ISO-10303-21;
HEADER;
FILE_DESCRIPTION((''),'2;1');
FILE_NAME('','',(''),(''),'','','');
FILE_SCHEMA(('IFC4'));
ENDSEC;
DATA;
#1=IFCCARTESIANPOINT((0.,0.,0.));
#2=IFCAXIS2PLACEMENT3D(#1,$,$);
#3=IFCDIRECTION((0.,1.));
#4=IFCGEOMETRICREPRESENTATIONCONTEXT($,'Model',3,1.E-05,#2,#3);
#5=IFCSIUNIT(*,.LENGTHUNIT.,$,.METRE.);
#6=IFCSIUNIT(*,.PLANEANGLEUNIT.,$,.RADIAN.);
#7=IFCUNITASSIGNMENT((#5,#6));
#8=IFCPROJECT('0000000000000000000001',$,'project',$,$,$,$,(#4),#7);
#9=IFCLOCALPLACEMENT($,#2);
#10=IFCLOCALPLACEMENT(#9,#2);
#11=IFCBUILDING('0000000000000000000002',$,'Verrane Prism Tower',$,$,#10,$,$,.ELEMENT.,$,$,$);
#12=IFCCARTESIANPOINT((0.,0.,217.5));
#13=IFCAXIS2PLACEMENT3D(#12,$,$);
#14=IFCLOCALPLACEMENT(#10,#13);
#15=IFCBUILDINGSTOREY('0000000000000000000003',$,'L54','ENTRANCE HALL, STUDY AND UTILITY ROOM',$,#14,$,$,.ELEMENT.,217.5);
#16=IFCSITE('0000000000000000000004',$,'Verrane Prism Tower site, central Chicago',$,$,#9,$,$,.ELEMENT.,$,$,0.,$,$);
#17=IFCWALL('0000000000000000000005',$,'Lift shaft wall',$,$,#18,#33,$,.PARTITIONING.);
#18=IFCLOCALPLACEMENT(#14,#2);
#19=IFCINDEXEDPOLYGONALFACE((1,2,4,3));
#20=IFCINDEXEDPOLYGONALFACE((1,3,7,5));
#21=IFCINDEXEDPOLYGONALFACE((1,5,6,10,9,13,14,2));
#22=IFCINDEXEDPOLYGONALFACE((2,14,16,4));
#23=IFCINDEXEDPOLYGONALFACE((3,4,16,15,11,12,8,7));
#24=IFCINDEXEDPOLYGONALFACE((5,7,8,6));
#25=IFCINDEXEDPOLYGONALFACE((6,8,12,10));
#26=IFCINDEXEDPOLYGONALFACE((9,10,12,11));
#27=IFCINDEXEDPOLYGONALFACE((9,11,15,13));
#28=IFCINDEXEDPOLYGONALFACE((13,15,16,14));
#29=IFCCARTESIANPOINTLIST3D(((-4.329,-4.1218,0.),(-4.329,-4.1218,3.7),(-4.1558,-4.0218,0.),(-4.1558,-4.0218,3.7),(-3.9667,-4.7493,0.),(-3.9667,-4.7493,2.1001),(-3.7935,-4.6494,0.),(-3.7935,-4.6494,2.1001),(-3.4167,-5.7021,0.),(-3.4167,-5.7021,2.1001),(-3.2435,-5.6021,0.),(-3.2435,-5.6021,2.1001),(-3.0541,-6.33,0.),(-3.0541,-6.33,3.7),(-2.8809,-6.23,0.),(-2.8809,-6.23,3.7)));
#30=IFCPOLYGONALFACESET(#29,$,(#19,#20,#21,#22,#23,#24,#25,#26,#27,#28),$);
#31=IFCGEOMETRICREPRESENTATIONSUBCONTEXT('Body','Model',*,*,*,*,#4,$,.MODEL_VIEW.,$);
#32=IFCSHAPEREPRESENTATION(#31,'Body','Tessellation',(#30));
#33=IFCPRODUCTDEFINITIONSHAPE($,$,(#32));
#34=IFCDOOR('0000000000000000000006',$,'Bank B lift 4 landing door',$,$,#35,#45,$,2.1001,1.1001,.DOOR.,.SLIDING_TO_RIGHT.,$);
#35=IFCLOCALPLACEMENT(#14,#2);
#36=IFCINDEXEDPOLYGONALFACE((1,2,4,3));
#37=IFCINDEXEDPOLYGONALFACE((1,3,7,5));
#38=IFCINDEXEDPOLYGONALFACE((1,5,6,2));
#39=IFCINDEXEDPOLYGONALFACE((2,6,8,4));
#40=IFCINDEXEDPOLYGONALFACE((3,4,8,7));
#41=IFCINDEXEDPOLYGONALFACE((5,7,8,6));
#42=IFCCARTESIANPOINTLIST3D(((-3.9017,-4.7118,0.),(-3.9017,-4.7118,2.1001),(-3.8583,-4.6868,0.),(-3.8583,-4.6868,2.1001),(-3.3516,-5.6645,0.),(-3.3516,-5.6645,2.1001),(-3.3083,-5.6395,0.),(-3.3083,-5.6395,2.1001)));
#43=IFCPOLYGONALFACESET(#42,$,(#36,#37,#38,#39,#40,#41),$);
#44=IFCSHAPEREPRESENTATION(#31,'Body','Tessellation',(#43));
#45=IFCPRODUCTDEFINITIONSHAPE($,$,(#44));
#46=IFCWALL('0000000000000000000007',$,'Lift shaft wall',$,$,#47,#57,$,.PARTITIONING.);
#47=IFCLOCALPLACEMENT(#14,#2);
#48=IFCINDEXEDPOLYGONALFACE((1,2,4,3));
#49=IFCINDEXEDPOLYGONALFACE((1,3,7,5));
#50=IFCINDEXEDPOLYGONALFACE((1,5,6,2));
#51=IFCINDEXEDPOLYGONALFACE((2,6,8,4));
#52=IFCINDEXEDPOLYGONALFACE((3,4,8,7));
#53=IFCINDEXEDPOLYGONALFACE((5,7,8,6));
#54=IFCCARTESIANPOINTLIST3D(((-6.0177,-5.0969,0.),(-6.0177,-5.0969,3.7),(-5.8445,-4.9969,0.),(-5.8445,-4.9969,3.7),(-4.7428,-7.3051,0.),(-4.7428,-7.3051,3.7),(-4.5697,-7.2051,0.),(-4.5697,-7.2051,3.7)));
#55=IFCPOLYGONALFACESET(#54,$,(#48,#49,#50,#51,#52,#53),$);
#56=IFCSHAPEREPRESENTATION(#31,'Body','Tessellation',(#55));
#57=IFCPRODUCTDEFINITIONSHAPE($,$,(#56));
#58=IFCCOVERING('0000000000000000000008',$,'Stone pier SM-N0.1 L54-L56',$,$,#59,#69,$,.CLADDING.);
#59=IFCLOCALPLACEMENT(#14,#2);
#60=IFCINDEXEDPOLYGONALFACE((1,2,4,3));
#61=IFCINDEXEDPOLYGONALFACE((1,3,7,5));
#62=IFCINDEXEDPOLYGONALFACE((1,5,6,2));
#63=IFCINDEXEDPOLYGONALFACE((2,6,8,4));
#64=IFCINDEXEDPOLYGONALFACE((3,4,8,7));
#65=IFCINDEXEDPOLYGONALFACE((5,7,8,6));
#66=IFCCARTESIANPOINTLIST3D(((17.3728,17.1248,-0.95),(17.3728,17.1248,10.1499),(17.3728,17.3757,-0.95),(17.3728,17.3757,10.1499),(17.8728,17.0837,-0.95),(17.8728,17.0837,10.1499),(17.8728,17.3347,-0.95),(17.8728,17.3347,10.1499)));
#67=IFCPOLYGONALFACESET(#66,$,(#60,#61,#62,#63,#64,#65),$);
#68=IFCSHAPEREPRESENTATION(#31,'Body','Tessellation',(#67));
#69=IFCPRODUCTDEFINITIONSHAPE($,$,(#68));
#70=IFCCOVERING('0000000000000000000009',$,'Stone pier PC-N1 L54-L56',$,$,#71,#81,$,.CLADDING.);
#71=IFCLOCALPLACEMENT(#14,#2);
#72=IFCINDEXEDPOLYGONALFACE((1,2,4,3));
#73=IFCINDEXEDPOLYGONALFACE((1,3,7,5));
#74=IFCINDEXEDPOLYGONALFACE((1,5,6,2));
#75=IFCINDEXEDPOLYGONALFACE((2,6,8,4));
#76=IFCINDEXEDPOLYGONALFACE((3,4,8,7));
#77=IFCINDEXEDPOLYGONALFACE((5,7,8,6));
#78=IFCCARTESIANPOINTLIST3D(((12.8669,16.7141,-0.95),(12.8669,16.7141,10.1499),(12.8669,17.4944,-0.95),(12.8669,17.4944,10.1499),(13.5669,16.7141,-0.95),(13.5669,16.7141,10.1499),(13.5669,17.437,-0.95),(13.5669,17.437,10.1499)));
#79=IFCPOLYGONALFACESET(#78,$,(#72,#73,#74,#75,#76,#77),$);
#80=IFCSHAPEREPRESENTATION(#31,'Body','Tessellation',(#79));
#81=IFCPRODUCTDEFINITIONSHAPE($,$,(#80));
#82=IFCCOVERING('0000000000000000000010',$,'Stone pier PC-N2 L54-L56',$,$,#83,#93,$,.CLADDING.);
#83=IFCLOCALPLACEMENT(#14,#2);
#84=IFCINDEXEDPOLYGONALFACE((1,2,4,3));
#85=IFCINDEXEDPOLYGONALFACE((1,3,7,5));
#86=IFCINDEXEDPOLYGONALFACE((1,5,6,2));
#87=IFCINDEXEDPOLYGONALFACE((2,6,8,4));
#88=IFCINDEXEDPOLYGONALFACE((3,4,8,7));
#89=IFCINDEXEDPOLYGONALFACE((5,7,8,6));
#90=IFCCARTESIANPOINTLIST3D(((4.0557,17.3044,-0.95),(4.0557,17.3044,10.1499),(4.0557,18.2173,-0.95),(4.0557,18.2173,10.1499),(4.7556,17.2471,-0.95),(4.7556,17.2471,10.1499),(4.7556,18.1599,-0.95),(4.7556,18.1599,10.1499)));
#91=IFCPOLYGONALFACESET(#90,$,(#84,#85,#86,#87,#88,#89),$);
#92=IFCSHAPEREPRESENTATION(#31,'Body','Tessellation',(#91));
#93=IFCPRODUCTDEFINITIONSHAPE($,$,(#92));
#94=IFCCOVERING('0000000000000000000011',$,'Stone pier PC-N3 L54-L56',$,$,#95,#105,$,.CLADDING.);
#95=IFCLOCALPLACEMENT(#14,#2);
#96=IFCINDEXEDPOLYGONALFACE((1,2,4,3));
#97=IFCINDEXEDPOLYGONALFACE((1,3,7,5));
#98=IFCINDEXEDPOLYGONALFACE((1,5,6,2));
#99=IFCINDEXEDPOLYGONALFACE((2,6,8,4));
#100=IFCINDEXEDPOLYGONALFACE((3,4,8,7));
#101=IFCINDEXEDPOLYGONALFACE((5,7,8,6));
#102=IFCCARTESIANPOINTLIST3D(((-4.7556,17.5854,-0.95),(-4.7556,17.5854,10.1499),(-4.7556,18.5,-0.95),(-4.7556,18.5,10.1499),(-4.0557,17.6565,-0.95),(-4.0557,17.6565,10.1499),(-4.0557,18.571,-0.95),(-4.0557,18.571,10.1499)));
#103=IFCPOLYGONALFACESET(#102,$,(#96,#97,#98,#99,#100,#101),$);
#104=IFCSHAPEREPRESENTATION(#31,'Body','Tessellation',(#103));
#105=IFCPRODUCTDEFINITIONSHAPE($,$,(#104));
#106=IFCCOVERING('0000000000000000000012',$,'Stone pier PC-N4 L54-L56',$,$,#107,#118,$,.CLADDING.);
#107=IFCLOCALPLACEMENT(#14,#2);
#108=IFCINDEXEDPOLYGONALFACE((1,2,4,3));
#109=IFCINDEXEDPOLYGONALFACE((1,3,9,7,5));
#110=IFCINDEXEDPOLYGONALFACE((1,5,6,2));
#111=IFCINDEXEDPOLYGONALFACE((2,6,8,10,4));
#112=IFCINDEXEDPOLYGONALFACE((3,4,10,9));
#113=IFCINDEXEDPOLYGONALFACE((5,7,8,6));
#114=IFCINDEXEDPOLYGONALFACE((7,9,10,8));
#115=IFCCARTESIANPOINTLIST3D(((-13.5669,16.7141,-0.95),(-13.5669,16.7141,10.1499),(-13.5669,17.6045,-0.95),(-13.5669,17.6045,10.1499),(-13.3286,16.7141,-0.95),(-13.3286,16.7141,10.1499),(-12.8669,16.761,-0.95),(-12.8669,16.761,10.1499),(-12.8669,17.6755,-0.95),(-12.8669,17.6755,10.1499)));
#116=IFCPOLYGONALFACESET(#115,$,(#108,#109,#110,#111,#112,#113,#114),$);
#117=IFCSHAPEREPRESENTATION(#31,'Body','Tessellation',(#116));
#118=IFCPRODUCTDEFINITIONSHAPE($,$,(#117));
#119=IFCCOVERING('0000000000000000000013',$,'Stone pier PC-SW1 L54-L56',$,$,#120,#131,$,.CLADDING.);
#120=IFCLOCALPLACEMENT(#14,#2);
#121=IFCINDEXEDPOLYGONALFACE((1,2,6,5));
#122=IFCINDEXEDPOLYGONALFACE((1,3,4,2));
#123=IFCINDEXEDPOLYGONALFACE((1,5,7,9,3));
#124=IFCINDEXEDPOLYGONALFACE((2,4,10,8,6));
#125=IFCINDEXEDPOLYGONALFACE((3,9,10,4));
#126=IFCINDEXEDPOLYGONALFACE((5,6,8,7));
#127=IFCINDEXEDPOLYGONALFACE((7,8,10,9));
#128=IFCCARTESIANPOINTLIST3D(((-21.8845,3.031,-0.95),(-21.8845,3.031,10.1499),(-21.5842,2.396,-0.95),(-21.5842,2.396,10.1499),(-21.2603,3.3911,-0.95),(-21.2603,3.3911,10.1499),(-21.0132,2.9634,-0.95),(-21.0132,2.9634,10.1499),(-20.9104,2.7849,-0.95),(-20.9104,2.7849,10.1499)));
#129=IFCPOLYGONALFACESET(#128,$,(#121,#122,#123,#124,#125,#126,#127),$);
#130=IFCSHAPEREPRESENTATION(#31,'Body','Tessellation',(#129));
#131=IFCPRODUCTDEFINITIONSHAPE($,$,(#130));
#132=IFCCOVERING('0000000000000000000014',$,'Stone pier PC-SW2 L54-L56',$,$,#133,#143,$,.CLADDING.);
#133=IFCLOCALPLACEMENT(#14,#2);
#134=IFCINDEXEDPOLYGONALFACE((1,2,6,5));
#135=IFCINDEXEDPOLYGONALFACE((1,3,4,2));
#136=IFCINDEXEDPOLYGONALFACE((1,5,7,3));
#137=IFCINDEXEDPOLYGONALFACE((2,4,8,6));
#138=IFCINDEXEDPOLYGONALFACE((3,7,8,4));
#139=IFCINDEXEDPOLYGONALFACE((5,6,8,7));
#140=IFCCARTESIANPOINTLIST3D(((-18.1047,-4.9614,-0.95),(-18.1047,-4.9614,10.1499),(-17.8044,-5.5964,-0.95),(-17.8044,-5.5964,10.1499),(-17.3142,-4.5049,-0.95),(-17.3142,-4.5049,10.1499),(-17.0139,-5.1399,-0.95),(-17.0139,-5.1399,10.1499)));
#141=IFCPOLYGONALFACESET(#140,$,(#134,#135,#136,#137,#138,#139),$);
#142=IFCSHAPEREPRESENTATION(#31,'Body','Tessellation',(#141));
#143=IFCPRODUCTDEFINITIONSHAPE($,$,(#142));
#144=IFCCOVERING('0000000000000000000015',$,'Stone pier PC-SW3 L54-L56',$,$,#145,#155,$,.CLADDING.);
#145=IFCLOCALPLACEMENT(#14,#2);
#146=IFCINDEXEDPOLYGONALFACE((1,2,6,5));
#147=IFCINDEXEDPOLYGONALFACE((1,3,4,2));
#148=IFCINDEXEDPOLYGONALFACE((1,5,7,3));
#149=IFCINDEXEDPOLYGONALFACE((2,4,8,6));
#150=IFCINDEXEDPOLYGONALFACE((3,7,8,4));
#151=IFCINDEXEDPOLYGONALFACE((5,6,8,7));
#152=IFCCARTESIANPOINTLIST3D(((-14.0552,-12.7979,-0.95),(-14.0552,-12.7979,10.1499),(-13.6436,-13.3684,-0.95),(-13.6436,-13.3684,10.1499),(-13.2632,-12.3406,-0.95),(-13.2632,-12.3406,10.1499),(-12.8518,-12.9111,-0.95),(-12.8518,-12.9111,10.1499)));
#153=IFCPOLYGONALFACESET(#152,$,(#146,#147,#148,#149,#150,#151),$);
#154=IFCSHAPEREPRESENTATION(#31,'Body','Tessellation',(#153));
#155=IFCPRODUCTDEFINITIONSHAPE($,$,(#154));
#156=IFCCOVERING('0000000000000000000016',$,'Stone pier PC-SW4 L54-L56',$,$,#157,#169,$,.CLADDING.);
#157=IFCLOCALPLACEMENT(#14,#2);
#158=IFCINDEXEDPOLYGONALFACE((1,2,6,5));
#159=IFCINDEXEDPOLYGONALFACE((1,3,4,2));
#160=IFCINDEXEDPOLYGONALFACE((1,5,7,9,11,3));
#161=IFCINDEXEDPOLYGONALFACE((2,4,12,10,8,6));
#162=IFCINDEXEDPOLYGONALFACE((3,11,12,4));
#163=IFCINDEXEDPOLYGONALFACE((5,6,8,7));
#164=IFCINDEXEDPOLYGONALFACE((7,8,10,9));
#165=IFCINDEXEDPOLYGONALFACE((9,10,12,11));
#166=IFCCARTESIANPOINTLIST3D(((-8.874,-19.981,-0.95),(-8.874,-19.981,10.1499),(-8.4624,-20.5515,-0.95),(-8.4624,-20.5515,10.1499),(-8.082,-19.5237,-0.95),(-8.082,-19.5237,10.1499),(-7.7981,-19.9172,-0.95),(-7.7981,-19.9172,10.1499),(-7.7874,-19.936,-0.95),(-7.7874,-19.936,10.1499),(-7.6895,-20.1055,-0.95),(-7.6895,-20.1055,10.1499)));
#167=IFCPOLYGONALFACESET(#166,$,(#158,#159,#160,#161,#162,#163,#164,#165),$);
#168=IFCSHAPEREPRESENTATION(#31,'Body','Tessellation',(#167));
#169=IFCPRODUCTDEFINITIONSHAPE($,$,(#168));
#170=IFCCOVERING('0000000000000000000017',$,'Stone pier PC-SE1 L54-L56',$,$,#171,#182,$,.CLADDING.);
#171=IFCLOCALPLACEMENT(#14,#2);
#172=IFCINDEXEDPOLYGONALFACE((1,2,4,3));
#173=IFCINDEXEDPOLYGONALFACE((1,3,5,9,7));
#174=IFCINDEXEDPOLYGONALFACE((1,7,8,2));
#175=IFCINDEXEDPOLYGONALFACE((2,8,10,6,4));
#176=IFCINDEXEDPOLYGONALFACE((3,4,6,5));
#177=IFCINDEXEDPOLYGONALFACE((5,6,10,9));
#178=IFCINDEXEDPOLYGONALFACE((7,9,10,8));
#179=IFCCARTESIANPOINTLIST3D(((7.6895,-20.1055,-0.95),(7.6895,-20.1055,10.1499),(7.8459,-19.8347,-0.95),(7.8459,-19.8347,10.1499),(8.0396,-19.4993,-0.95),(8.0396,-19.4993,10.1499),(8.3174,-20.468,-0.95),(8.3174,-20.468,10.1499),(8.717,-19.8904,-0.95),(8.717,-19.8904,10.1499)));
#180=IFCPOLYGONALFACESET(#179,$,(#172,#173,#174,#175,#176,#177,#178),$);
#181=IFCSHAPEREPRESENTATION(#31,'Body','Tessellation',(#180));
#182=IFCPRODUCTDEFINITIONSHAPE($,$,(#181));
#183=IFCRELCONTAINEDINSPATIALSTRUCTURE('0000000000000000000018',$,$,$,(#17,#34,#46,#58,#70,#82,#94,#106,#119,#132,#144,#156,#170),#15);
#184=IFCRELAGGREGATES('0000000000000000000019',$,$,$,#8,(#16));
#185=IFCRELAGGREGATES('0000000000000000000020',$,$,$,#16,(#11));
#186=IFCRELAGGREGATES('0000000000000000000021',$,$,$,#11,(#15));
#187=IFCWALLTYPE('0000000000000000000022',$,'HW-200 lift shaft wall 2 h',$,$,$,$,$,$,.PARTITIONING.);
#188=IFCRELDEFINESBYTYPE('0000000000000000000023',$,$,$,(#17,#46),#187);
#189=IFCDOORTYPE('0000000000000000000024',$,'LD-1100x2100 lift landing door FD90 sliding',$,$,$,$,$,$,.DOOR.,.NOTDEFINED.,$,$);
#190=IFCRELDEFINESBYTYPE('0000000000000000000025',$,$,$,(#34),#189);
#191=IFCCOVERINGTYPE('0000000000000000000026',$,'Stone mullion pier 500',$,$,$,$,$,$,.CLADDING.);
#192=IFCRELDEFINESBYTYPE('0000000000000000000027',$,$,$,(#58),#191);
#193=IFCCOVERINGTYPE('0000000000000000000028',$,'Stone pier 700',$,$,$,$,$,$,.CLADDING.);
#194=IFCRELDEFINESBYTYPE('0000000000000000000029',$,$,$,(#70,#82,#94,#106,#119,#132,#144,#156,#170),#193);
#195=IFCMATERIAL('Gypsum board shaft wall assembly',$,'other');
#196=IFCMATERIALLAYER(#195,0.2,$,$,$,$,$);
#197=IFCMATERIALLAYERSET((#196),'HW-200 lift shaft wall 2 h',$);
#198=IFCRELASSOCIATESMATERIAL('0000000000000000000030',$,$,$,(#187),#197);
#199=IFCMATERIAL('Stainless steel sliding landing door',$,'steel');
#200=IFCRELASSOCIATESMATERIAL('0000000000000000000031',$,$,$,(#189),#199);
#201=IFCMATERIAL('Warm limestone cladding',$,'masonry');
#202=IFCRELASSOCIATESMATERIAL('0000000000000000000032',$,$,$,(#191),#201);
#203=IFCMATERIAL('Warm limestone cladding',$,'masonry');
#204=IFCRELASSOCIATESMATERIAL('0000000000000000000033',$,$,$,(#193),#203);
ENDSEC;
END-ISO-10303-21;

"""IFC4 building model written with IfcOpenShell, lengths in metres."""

from ifc_helpers import new_model, si_unit, direction, frame, frame_2d, origin, place, context, subcontext, project, spatial, polyline, rectangle, outline, extrude, material, layer, layer_set, type_object, element, fill, save


model = new_model("IFC4")

# Units and contexts
model_context = context("Model", 3, precision=1e-05, world=origin(), true_north=direction((0.0, 1.0)))
body_context = subcontext(model_context, "Body", "Model", "MODEL_VIEW")
ifc_project = project(units=[si_unit("LENGTHUNIT", "METRE"), si_unit("PLANEANGLEUNIT", "RADIAN")], contexts=[model_context])

# Site, building, storey
site_placement = place(None, origin())
site = spatial("IfcSite", under=ifc_project, at=site_placement, Name="Verrane Prism Tower site, central Chicago", CompositionType="ELEMENT", RefElevation=0.0)
building_placement = place(site_placement, origin())
building = spatial("IfcBuilding", under=site, at=building_placement, Name="Verrane Prism Tower", CompositionType="ELEMENT")
storey_placement = place(building_placement, frame((0.0, 0.0, 217.5)))
storey = spatial("IfcBuildingStorey", under=building, at=storey_placement, Name="L54", Description="ENTRANCE HALL, STUDY AND UTILITY ROOM", CompositionType="ELEMENT", Elevation=217.5)

# Shared definitions
ifc_material_1 = material(Name="Gypsum board shaft wall assembly", Category="other")
ifc_layer_1 = layer(ifc_material_1, 0.2)
ifc_layer_set_1 = layer_set([ifc_layer_1], Name="HW-200 lift shaft wall 2 h")
wall_type_1 = type_object("IfcWallType", Name="HW-200 lift shaft wall 2 h", PredefinedType="PARTITIONING", material=ifc_layer_set_1)
ifc_material_2 = material(Name="Stainless steel sliding landing door", Category="steel")
door_type = type_object("IfcDoorType", Name="LD-1100x2100 lift landing door FD90 sliding", OperationType="NOTDEFINED", PredefinedType="DOOR", material=ifc_material_2)

# Wall, opening, door
wall_1_placement = place(storey_placement, frame((-2.9675, -6.28, 0.0), z_axis=(0.0, 0.0, 1.0), x_axis=(-0.49999, 0.866031, 0.0)))
wall_1 = element("IfcWall", 1, at=wall_1_placement, inside=storey, type_object=wall_type_1, Name="Lift shaft wall", PredefinedType="PARTITIONING", context=body_context, shape_type="SweptSolid", body=[
    extrude(rectangle(XDim=2.5498, YDim=0.2, at=frame_2d((1.2749, 0.0))), origin(), (0.0, 0.0, 1.0), 3.7),
])
opening_1_placement = place(wall_1_placement, frame((0.7251, 0.0, 0.0)))
opening_1 = element("IfcOpeningElement", 2, at=opening_1_placement, cuts=wall_1, PredefinedType="OPENING", context=body_context, shape_type="SweptSolid", body=[
    extrude(rectangle(XDim=1.1001, YDim=2.1001, at=frame_2d((0.55, 1.05))), frame((0.0, 0.1099, 0.0), z_axis=(0.0, -1.0, 0.0), x_axis=(1.0, 0.0, 0.0)), (0.0, 0.0, 1.0), 0.22),
])
door_1_placement = place(opening_1_placement, origin())
door_1 = element("IfcDoor", 3, at=door_1_placement, inside=storey, type_object=door_type, Name="Bank B lift 4 landing door", OperationType="SLIDING_TO_RIGHT", OverallHeight=2.1001, OverallWidth=1.1001, PredefinedType="DOOR", context=body_context, shape_type="SweptSolid", body=[
    extrude(rectangle(XDim=1.1001, YDim=2.1001, at=frame_2d((0.55, 1.05))), frame((0.0, 0.0249, 0.0), z_axis=(0.0, -1.0, 0.0), x_axis=(1.0, 0.0, 0.0)), (0.0, 0.0, 1.0), 0.05),
])
fill(opening_1, door_1)

# Wall
wall_2_placement = place(storey_placement, frame((-4.6562, -7.2551, 0.0), z_axis=(0.0, 0.0, 1.0), x_axis=(-0.49999, 0.866031, 0.0)))
element("IfcWall", 4, at=wall_2_placement, inside=storey, type_object=wall_type_1, Name="Lift shaft wall", PredefinedType="PARTITIONING", context=body_context, shape_type="SweptSolid", body=[
    extrude(rectangle(XDim=2.5498, YDim=0.2, at=frame_2d((1.2749, 0.0))), origin(), (0.0, 0.0, 1.0), 3.7),
])

# Coverings
ifc_material_3 = material(Name="Warm limestone cladding", Category="masonry")
covering_type_1 = type_object("IfcCoveringType", Name="Stone mullion pier 500", PredefinedType="CLADDING", material=ifc_material_3)
covering_1_placement = place(storey_placement, frame((0.0, 0.0, -0.95)))
element("IfcCovering", 5, at=covering_1_placement, inside=storey, type_object=covering_type_1, Name="Stone pier SM-N0.1 L54-L56", PredefinedType="CLADDING", context=body_context, shape_type="SweptSolid", body=[
    extrude(outline(polyline([(17.3728, 17.1248), (17.8728, 17.0837), (17.8728, 17.3347), (17.3728, 17.3757), (17.3728, 17.1248)])), origin(), (0.0, 0.0, 1.0), 11.0999),
])
ifc_material_4 = material(Name="Warm limestone cladding", Category="masonry")
covering_type_2 = type_object("IfcCoveringType", Name="Stone pier 700", PredefinedType="CLADDING", material=ifc_material_4)
covering_2_placement = place(storey_placement, frame((0.0, 0.0, -0.95)))
element("IfcCovering", 6, at=covering_2_placement, inside=storey, type_object=covering_type_2, Name="Stone pier PC-N1 L54-L56", PredefinedType="CLADDING", context=body_context, shape_type="SweptSolid", body=[
    extrude(outline(polyline([(12.8669, 16.7141), (13.5669, 16.7141), (13.5669, 17.437), (12.8669, 17.4944), (12.8669, 16.7141)])), origin(), (0.0, 0.0, 1.0), 11.0999),
])
covering_3_placement = place(storey_placement, frame((0.0, 0.0, -0.95)))
element("IfcCovering", 7, at=covering_3_placement, inside=storey, type_object=covering_type_2, Name="Stone pier PC-N2 L54-L56", PredefinedType="CLADDING", context=body_context, shape_type="SweptSolid", body=[
    extrude(outline(polyline([(4.0557, 18.2173), (4.0557, 17.3044), (4.7556, 17.2471), (4.7556, 18.1599), (4.0557, 18.2173)])), origin(), (0.0, 0.0, 1.0), 11.0999),
])
covering_4_placement = place(storey_placement, frame((0.0, 0.0, -0.95)))
element("IfcCovering", 8, at=covering_4_placement, inside=storey, type_object=covering_type_2, Name="Stone pier PC-N3 L54-L56", PredefinedType="CLADDING", context=body_context, shape_type="SweptSolid", body=[
    extrude(outline(polyline([(-4.7556, 18.5), (-4.7556, 17.5854), (-4.0557, 17.6565), (-4.0557, 18.571), (-4.7556, 18.5)])), origin(), (0.0, 0.0, 1.0), 11.0999),
])
covering_5_placement = place(storey_placement, frame((0.0, 0.0, -0.95)))
element("IfcCovering", 9, at=covering_5_placement, inside=storey, type_object=covering_type_2, Name="Stone pier PC-N4 L54-L56", PredefinedType="CLADDING", context=body_context, shape_type="SweptSolid", body=[
    extrude(outline(polyline([(-13.5669, 16.7141), (-13.3286, 16.7141), (-12.8669, 16.761), (-12.8669, 17.6755), (-13.5669, 17.6045), (-13.5669, 16.7141)])), origin(), (0.0, 0.0, 1.0), 11.0999),
])
covering_6_placement = place(storey_placement, frame((0.0, 0.0, -0.95)))
element("IfcCovering", 10, at=covering_6_placement, inside=storey, type_object=covering_type_2, Name="Stone pier PC-SW1 L54-L56", PredefinedType="CLADDING", context=body_context, shape_type="SweptSolid", body=[
    extrude(outline(polyline([(-20.9104, 2.7849), (-21.0132, 2.9634), (-21.2603, 3.3911), (-21.8845, 3.031), (-21.5842, 2.396), (-20.9104, 2.7849)])), origin(), (0.0, 0.0, 1.0), 11.0999),
])
covering_7_placement = place(storey_placement, frame((0.0, 0.0, -0.95)))
element("IfcCovering", 11, at=covering_7_placement, inside=storey, type_object=covering_type_2, Name="Stone pier PC-SW2 L54-L56", PredefinedType="CLADDING", context=body_context, shape_type="SweptSolid", body=[
    extrude(outline(polyline([(-17.8044, -5.5964), (-17.0139, -5.1399), (-17.3142, -4.5049), (-18.1047, -4.9614), (-17.8044, -5.5964)])), origin(), (0.0, 0.0, 1.0), 11.0999),
])
covering_8_placement = place(storey_placement, frame((0.0, 0.0, -0.95)))
element("IfcCovering", 12, at=covering_8_placement, inside=storey, type_object=covering_type_2, Name="Stone pier PC-SW3 L54-L56", PredefinedType="CLADDING", context=body_context, shape_type="SweptSolid", body=[
    extrude(outline(polyline([(-13.6436, -13.3684), (-12.8518, -12.9111), (-13.2632, -12.3406), (-14.0552, -12.7979), (-13.6436, -13.3684)])), origin(), (0.0, 0.0, 1.0), 11.0999),
])
covering_9_placement = place(storey_placement, frame((0.0, 0.0, -0.95)))
element("IfcCovering", 13, at=covering_9_placement, inside=storey, type_object=covering_type_2, Name="Stone pier PC-SW4 L54-L56", PredefinedType="CLADDING", context=body_context, shape_type="SweptSolid", body=[
    extrude(outline(polyline([(-7.6895, -20.1055), (-7.7874, -19.936), (-7.7981, -19.9172), (-8.082, -19.5237), (-8.874, -19.981), (-8.4624, -20.5515), (-7.6895, -20.1055)])), origin(), (0.0, 0.0, 1.0), 11.0999),
])
covering_10_placement = place(storey_placement, frame((0.0, 0.0, -0.95)))
element("IfcCovering", 14, at=covering_10_placement, inside=storey, type_object=covering_type_2, Name="Stone pier PC-SE1 L54-L56", PredefinedType="CLADDING", context=body_context, shape_type="SweptSolid", body=[
    extrude(outline(polyline([(8.0396, -19.4993), (7.8459, -19.8347), (7.6895, -20.1055), (8.3174, -20.468), (8.717, -19.8904), (8.0396, -19.4993)])), origin(), (0.0, 0.0, 1.0), 11.0999),
])

save(model, "model.ifc")
